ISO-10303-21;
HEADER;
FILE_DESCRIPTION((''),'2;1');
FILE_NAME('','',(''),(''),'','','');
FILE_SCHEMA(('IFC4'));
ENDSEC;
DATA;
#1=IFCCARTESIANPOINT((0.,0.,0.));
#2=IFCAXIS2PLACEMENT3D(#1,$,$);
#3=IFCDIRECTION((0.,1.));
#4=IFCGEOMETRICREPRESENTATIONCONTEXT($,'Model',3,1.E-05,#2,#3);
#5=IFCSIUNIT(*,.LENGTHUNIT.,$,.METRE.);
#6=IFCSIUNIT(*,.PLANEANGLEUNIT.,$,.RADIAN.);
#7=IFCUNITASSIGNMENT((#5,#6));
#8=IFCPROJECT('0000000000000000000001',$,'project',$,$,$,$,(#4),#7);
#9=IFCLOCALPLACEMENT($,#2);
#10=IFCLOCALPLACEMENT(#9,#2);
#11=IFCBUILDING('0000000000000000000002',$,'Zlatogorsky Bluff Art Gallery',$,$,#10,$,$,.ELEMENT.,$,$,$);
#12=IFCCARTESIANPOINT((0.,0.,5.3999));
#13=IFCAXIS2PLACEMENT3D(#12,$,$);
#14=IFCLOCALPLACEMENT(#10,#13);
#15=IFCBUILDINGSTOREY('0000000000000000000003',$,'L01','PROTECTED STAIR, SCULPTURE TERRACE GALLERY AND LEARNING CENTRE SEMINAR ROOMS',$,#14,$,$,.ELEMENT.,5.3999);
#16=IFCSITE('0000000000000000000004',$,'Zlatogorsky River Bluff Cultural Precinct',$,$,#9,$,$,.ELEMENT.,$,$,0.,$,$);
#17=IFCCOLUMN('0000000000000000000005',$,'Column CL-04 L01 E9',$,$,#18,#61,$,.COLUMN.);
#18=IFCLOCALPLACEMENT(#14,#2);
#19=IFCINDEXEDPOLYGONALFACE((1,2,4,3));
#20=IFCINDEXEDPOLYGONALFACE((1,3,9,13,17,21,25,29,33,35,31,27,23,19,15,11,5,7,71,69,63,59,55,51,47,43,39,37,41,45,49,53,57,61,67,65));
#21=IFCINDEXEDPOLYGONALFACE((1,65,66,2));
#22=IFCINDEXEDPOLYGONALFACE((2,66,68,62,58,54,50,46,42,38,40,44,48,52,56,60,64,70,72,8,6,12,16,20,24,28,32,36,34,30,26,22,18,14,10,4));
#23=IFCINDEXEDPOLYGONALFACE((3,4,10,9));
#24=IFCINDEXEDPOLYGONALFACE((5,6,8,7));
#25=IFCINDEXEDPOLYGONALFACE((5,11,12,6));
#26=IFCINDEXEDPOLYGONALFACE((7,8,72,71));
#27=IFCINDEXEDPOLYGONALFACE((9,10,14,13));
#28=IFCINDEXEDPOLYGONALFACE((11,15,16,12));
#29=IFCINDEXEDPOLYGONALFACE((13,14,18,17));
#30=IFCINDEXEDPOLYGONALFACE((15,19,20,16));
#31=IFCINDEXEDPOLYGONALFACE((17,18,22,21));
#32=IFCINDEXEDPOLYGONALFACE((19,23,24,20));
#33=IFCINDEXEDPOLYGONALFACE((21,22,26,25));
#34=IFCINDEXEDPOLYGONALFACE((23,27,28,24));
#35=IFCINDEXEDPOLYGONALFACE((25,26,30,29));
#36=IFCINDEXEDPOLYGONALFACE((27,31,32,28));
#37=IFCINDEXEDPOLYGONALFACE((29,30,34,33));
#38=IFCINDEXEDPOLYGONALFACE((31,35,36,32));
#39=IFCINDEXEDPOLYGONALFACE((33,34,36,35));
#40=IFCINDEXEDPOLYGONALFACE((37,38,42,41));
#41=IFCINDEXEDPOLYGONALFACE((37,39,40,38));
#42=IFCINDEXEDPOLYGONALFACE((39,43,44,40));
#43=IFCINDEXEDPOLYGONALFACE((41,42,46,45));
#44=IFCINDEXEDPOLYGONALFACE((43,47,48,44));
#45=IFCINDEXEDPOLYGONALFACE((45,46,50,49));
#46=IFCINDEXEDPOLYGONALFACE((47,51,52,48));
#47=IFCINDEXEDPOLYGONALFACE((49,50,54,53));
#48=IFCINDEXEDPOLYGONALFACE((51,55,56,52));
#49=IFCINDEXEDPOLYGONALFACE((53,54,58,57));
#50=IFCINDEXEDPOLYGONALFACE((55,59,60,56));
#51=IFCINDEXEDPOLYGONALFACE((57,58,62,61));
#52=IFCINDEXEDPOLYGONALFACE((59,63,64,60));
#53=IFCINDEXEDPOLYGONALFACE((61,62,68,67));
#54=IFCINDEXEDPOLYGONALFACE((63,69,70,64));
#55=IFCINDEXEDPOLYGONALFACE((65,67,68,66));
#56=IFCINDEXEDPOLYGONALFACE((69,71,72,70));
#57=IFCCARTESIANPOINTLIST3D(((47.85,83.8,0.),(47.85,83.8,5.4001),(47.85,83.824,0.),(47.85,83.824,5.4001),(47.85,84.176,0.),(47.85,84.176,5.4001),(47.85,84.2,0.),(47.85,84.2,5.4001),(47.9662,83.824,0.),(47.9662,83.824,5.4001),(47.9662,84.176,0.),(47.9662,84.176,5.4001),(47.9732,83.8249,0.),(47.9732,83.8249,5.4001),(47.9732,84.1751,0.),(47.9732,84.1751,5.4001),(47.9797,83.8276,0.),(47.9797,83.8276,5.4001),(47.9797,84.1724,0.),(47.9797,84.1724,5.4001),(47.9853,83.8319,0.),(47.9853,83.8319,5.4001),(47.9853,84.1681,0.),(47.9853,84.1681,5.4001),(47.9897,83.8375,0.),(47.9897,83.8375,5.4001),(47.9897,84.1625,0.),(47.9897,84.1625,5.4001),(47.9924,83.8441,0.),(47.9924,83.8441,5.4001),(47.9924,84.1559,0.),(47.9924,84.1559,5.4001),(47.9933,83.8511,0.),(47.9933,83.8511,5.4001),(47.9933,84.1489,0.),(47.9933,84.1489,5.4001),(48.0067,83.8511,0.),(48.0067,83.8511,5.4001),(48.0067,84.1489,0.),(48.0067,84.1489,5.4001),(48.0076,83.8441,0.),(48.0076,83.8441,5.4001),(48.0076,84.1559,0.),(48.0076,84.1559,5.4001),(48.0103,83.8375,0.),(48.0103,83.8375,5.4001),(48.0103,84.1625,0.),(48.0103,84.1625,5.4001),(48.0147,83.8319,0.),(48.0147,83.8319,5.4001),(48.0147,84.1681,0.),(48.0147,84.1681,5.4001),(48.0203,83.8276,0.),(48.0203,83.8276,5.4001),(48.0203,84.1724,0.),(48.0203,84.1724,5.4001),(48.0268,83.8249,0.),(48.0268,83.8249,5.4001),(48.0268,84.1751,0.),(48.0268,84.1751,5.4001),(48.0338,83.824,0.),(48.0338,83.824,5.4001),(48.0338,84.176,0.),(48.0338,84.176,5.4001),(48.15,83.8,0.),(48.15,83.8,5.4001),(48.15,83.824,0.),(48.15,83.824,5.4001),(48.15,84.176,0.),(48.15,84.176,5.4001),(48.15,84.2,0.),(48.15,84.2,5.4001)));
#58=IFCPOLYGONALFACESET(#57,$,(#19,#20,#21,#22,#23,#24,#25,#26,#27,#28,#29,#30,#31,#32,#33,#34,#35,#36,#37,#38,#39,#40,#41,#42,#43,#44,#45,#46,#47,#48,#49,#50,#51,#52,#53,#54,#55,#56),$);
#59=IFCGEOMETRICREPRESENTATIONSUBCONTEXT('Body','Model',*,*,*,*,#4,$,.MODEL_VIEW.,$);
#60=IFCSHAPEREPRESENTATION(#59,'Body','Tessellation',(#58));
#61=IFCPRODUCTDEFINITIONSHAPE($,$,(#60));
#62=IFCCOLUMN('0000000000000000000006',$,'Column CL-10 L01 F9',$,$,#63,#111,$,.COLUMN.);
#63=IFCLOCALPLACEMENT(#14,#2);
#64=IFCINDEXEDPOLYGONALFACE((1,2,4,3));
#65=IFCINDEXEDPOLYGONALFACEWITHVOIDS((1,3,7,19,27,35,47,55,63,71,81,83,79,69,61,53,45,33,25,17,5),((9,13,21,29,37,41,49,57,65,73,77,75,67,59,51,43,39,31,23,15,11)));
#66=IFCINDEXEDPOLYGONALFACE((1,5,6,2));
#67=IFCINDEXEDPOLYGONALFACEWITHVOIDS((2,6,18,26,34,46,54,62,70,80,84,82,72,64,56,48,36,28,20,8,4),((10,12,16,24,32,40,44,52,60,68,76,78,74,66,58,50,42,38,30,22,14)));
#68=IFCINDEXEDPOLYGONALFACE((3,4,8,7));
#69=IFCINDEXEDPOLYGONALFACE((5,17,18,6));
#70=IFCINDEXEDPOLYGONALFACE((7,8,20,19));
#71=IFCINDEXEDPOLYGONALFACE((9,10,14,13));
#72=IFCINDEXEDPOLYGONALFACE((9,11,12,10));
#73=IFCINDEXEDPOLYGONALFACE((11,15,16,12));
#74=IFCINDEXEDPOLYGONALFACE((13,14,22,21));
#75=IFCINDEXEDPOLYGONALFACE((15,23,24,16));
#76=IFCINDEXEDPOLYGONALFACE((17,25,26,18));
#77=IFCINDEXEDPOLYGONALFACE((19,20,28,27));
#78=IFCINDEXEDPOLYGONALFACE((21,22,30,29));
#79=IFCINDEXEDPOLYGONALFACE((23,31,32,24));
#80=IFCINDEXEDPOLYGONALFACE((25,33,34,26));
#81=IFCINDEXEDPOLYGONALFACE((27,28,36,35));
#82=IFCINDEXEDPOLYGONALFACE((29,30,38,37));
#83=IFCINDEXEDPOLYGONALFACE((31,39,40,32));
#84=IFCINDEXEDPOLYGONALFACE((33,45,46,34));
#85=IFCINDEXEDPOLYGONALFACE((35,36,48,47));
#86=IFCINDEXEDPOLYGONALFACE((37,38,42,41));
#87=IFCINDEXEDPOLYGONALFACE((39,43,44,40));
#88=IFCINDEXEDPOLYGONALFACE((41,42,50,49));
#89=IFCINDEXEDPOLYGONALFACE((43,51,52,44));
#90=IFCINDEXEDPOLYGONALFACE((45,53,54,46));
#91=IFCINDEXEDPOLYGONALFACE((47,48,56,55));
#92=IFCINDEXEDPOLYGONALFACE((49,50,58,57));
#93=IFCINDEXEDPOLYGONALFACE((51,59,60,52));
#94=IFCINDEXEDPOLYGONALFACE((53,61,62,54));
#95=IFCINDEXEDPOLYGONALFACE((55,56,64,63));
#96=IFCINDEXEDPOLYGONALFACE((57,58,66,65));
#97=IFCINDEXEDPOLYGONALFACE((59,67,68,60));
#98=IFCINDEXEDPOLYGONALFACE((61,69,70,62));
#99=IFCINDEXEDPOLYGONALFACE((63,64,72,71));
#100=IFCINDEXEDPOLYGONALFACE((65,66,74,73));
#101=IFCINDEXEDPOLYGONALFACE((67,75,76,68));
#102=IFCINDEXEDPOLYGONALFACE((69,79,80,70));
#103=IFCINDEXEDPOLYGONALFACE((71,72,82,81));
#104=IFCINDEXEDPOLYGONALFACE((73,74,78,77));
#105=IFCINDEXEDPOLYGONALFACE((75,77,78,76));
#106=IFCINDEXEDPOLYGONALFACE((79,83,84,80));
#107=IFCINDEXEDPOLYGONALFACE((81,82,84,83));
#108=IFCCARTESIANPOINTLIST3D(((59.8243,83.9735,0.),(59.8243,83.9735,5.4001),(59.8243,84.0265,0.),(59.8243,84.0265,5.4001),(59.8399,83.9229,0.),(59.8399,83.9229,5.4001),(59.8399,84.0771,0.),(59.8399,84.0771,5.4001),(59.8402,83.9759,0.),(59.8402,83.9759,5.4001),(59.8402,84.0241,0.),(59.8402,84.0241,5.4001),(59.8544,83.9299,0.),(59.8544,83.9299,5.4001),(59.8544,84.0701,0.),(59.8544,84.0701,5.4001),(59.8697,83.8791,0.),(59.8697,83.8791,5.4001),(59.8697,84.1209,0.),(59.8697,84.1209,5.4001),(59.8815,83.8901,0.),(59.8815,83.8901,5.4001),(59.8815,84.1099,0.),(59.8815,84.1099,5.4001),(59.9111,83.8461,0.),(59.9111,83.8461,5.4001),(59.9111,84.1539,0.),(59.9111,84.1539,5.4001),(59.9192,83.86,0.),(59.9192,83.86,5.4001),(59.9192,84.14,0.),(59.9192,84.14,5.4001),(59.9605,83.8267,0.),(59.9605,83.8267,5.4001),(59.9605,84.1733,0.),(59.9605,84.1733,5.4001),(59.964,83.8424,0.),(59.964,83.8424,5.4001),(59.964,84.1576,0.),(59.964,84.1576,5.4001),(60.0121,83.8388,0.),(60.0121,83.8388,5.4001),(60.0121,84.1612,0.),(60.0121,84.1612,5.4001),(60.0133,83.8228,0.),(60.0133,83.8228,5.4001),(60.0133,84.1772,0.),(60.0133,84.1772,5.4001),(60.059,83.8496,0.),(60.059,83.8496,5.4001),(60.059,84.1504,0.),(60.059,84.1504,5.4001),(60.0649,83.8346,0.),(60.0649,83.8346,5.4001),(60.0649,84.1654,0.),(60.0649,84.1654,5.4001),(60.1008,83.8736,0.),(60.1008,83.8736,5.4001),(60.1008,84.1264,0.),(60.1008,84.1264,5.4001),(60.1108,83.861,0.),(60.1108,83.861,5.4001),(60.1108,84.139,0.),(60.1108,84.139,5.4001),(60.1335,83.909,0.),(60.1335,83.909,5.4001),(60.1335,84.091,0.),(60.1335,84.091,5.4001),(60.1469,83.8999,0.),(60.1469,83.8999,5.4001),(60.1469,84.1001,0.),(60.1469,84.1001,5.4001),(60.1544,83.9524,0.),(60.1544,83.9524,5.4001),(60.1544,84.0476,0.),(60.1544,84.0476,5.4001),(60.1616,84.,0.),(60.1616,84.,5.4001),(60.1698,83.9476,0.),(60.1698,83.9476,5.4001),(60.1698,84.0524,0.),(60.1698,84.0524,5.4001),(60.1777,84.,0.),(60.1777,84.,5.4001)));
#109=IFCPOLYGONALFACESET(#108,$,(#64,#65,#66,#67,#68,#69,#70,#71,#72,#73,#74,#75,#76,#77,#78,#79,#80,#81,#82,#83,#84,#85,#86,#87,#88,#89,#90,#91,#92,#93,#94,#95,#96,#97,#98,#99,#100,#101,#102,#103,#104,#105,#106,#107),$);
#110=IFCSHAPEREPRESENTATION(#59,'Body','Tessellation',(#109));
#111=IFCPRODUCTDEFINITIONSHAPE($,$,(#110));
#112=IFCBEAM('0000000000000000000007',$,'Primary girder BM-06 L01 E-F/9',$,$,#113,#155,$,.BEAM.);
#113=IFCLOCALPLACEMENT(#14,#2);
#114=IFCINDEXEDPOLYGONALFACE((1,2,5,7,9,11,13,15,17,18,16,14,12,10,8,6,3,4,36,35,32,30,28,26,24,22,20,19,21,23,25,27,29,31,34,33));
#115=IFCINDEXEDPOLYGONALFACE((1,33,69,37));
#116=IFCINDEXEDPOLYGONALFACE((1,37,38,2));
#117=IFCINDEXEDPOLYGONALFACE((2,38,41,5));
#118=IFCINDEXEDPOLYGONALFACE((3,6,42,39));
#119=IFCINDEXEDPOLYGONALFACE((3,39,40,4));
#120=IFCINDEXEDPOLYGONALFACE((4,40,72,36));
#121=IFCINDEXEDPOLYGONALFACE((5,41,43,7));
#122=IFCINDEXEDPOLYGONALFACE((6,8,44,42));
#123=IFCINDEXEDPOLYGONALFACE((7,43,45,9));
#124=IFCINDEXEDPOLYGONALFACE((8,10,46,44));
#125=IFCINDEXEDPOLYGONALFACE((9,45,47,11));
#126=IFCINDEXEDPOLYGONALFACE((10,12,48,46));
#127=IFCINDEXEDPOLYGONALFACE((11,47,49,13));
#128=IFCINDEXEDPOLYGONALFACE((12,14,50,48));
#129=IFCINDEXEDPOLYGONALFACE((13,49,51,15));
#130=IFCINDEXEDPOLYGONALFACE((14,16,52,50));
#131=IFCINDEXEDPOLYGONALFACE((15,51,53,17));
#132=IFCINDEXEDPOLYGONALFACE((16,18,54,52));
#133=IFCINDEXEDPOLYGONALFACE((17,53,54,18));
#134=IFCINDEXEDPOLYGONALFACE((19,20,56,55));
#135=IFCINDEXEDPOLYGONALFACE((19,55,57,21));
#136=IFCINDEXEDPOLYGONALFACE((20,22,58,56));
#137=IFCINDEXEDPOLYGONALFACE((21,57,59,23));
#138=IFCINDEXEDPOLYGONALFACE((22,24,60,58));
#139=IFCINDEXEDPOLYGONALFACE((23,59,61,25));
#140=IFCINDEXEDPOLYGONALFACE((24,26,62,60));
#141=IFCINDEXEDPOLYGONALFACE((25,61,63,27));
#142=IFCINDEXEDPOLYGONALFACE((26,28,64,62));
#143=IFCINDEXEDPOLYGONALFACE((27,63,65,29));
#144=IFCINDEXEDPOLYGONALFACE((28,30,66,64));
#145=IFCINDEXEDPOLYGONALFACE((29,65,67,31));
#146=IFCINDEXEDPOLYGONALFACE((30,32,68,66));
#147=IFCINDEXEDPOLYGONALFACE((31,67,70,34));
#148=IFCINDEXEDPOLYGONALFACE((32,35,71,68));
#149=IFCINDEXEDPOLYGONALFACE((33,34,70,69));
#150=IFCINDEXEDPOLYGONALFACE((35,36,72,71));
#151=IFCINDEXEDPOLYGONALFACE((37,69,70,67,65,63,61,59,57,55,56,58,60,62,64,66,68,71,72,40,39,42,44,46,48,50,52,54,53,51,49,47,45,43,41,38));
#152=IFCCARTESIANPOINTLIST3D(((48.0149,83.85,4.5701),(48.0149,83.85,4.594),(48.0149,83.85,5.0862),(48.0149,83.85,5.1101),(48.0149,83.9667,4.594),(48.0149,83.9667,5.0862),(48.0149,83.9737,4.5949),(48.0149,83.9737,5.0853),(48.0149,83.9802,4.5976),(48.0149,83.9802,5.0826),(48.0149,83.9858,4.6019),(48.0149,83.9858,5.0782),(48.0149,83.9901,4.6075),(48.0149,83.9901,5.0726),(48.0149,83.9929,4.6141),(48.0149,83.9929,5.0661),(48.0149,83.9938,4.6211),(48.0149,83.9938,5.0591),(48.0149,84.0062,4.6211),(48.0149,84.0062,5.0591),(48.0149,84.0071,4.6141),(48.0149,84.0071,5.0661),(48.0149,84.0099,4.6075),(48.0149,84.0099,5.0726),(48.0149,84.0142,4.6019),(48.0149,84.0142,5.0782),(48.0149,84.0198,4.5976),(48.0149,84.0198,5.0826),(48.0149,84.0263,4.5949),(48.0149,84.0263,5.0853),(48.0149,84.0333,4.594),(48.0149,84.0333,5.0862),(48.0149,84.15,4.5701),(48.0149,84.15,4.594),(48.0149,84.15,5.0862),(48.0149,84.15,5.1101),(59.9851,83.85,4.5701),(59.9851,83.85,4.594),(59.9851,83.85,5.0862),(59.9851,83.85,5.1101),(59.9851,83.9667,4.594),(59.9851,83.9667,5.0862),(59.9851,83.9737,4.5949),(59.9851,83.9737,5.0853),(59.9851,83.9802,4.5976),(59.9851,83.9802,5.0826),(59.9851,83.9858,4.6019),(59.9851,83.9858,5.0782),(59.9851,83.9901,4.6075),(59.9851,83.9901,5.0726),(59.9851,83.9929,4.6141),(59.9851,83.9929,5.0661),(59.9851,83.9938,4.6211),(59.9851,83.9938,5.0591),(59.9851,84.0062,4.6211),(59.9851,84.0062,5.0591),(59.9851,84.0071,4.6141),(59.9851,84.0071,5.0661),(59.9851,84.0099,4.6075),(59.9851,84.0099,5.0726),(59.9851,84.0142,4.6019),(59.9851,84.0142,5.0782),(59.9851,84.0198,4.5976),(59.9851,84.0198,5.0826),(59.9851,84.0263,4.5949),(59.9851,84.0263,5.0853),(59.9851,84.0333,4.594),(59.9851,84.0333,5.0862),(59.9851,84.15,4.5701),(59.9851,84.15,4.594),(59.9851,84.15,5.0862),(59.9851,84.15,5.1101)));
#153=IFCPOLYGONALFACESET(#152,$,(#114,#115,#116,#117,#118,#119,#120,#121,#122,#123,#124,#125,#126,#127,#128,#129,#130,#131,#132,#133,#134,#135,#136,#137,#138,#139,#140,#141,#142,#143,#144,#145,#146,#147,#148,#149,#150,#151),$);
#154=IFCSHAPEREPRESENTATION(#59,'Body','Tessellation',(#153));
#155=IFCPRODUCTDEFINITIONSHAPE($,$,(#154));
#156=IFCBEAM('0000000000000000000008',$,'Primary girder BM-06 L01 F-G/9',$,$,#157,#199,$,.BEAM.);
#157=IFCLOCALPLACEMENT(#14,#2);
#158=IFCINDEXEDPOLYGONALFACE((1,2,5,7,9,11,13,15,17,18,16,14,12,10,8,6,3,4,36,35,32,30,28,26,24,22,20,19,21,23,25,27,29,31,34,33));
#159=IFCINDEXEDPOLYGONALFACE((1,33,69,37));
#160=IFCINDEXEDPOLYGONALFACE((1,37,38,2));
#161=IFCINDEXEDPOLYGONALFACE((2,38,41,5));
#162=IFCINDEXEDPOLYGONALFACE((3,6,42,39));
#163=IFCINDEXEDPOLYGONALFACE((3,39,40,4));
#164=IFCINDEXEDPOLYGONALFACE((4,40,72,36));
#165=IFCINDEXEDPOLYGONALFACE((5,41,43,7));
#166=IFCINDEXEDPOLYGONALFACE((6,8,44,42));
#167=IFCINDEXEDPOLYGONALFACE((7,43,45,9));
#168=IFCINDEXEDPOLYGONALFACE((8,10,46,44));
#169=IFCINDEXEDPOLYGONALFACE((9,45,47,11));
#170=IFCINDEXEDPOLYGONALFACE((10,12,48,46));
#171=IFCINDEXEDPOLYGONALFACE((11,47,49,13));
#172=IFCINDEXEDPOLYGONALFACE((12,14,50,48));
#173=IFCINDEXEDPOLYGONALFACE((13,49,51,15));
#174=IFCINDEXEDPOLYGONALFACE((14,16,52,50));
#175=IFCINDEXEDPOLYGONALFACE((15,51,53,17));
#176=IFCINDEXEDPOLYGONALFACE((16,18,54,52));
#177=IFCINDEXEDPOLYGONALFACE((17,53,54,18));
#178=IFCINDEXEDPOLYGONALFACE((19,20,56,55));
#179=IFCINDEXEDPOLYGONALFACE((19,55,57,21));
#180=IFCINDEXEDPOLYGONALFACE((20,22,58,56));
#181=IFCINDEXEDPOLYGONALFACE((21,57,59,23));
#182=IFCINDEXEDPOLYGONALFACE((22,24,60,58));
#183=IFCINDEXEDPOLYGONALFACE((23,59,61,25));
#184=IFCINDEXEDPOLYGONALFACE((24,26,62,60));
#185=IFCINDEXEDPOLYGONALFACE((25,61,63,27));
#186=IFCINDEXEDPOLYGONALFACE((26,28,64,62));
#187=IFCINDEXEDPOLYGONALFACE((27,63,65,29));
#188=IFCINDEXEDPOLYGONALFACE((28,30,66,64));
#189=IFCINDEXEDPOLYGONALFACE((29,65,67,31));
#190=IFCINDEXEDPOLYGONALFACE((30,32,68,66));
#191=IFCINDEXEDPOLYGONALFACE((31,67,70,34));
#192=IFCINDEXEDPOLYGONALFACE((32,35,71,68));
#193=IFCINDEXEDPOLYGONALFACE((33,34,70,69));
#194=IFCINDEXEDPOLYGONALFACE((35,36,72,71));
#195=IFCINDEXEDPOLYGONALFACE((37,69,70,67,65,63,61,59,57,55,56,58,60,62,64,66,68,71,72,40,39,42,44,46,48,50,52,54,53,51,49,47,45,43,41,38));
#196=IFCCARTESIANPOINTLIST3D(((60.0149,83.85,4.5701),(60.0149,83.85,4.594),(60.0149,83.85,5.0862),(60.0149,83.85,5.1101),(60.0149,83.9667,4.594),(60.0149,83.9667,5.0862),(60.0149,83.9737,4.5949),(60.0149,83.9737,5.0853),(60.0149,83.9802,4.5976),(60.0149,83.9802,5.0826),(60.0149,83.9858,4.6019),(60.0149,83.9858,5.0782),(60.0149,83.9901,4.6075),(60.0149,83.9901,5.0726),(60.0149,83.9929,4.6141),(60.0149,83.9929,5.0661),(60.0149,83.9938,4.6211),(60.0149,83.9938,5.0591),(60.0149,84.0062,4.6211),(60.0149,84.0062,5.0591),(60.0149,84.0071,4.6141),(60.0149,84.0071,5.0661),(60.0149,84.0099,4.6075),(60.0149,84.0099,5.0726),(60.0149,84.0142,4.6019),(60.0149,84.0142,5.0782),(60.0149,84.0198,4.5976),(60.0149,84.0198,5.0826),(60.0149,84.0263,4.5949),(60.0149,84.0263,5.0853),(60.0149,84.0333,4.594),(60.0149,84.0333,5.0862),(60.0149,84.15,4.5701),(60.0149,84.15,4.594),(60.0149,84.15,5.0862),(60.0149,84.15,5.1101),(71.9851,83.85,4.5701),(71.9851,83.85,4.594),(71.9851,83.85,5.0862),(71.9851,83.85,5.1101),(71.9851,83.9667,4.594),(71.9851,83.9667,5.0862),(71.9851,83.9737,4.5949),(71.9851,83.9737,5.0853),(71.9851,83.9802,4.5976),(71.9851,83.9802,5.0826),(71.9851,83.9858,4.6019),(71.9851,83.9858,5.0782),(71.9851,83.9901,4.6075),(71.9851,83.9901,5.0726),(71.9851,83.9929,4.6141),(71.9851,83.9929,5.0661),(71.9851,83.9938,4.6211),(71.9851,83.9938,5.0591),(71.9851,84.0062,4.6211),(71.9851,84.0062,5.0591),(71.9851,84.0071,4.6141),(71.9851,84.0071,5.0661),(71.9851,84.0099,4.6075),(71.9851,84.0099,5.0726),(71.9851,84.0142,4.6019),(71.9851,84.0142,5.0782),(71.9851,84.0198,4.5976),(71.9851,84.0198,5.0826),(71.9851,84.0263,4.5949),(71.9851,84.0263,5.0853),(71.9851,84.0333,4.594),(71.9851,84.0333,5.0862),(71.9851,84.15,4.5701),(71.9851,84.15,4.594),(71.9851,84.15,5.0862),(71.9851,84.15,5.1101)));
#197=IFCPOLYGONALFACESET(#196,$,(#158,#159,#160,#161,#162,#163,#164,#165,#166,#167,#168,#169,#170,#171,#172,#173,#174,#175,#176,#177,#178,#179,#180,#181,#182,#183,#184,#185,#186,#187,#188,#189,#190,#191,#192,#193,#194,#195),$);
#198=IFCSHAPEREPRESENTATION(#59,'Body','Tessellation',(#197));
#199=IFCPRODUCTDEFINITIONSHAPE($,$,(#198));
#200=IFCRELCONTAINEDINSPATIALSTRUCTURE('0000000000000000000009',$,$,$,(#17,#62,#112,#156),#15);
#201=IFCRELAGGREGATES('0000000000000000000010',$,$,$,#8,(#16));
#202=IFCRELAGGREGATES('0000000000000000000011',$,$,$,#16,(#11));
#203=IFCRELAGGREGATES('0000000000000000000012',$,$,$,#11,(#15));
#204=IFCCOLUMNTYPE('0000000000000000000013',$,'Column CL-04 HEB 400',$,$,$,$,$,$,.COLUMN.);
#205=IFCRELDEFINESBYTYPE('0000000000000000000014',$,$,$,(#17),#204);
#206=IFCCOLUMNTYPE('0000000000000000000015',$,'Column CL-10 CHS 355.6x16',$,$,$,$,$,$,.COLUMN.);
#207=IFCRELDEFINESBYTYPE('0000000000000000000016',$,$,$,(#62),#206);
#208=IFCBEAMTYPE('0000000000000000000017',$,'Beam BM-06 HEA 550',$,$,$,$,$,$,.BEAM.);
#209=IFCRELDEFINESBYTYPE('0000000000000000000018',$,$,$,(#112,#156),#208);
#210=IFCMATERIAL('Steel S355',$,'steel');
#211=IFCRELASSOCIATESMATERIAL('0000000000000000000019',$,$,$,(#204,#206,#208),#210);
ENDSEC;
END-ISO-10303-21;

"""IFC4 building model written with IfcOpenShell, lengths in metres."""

from ifc_helpers import new_model, si_unit, direction, frame, origin, origin_2d, place, context, subcontext, project, spatial, hollow_circle, i_section, extrude, material, material_profile, profile_set, type_object, element, save


model = new_model("IFC4")

# Units and contexts
model_context = context("Model", 3, precision=1e-05, world=origin(), true_north=direction((0.0, 1.0)))
body_context = subcontext(model_context, "Body", "Model", "MODEL_VIEW")
ifc_project = project(units=[si_unit("LENGTHUNIT", "METRE"), si_unit("PLANEANGLEUNIT", "RADIAN")], contexts=[model_context])

# Site, building, storey
site_placement = place(None, origin())
site = spatial("IfcSite", under=ifc_project, at=site_placement, Name="Zlatogorsky River Bluff Cultural Precinct", CompositionType="ELEMENT", RefElevation=0.0)
building_placement = place(site_placement, origin())
building = spatial("IfcBuilding", under=site, at=building_placement, Name="Zlatogorsky Bluff Art Gallery", CompositionType="ELEMENT")
storey_placement = place(building_placement, frame((0.0, 0.0, 5.3999)))
storey = spatial("IfcBuildingStorey", under=building, at=storey_placement, Name="L01", Description="PROTECTED STAIR, SCULPTURE TERRACE GALLERY AND LEARNING CENTRE SEMINAR ROOMS", CompositionType="ELEMENT", Elevation=5.3999)

# Columns
ifc_material_1 = material(Name="Steel S355", Category="steel")
ifc_material_profile_1 = material_profile(ifc_material_1, i_section(OverallWidth=0.3, OverallDepth=0.3999, WebThickness=0.0134, FlangeThickness=0.0239, FilletRadius=0.0271, at=origin_2d()), Name="HEB 400")
ifc_profile_set_1 = profile_set([ifc_material_profile_1], Name="Steel S355")
column_type_1 = type_object("IfcColumnType", Name="Column CL-04 HEB 400", PredefinedType="COLUMN", material=ifc_profile_set_1)
column_1_placement = place(storey_placement, frame((48.0, 84.0, 0.0), z_axis=(0.0, 0.0, 1.0), x_axis=(1.0, 0.0, 0.0)))
element("IfcColumn", 1, at=column_1_placement, inside=storey, type_object=column_type_1, Name="Column CL-04 L01 E9", PredefinedType="COLUMN", context=body_context, shape_type="SweptSolid", body=[
    extrude(i_section(OverallWidth=0.3, OverallDepth=0.3999, WebThickness=0.0134, FlangeThickness=0.0239, FilletRadius=0.0271, at=origin_2d()), origin(), (0.0, 0.0, 1.0), 5.4001),
])
ifc_material_profile_2 = material_profile(ifc_material_1, hollow_circle(Radius=0.1777, WallThickness=0.0161, at=origin_2d()), Name="CHS 355.6x16")
ifc_profile_set_2 = profile_set([ifc_material_profile_2], Name="Steel S355")
column_type_2 = type_object("IfcColumnType", Name="Column CL-10 CHS 355.6x16", PredefinedType="COLUMN", material=ifc_profile_set_2)
column_2_placement = place(storey_placement, frame((60.0, 84.0, 0.0), z_axis=(0.0, 0.0, 1.0), x_axis=(1.0, 0.0, 0.0)))
element("IfcColumn", 2, at=column_2_placement, inside=storey, type_object=column_type_2, Name="Column CL-10 L01 F9", PredefinedType="COLUMN", context=body_context, shape_type="SweptSolid", body=[
    extrude(hollow_circle(Radius=0.1777, WallThickness=0.0161, at=origin_2d()), origin(), (0.0, 0.0, 1.0), 5.4001),
])

# Beams
ifc_material_profile_3 = material_profile(ifc_material_1, i_section(OverallWidth=0.3, OverallDepth=0.54, WebThickness=0.0125, FlangeThickness=0.0239, FilletRadius=0.0271, at=origin_2d()), Name="HEA 550")
ifc_profile_set_3 = profile_set([ifc_material_profile_3], Name="Steel S355")
beam_type = type_object("IfcBeamType", Name="Beam BM-06 HEA 550", PredefinedType="BEAM", material=ifc_profile_set_3)
for number, where, z_axis, x_axis, name in (
    (3, (48.0149, 84.0, 4.8401), (1.0, 0.0, 0.0), (0.0, 1.0, 0.0), "Primary girder BM-06 L01 E-F/9"),
    (4, (60.0149, 84.0, 4.8401), (1.0, 0.0, 0.0), (0.0, 1.0, 0.0), "Primary girder BM-06 L01 F-G/9"),
):
    element("IfcBeam", number, at=place(storey_placement, frame(where, z_axis=z_axis, x_axis=x_axis)), inside=storey, type_object=beam_type, Name=name, PredefinedType="BEAM", context=body_context, shape_type="SweptSolid", body=[
        extrude(i_section(OverallWidth=0.3, OverallDepth=0.54, WebThickness=0.0125, FlangeThickness=0.0239, FilletRadius=0.0271, at=origin_2d()), origin(), (0.0, 0.0, 1.0), 11.9702),
    ])

save(model, "model.ifc")
